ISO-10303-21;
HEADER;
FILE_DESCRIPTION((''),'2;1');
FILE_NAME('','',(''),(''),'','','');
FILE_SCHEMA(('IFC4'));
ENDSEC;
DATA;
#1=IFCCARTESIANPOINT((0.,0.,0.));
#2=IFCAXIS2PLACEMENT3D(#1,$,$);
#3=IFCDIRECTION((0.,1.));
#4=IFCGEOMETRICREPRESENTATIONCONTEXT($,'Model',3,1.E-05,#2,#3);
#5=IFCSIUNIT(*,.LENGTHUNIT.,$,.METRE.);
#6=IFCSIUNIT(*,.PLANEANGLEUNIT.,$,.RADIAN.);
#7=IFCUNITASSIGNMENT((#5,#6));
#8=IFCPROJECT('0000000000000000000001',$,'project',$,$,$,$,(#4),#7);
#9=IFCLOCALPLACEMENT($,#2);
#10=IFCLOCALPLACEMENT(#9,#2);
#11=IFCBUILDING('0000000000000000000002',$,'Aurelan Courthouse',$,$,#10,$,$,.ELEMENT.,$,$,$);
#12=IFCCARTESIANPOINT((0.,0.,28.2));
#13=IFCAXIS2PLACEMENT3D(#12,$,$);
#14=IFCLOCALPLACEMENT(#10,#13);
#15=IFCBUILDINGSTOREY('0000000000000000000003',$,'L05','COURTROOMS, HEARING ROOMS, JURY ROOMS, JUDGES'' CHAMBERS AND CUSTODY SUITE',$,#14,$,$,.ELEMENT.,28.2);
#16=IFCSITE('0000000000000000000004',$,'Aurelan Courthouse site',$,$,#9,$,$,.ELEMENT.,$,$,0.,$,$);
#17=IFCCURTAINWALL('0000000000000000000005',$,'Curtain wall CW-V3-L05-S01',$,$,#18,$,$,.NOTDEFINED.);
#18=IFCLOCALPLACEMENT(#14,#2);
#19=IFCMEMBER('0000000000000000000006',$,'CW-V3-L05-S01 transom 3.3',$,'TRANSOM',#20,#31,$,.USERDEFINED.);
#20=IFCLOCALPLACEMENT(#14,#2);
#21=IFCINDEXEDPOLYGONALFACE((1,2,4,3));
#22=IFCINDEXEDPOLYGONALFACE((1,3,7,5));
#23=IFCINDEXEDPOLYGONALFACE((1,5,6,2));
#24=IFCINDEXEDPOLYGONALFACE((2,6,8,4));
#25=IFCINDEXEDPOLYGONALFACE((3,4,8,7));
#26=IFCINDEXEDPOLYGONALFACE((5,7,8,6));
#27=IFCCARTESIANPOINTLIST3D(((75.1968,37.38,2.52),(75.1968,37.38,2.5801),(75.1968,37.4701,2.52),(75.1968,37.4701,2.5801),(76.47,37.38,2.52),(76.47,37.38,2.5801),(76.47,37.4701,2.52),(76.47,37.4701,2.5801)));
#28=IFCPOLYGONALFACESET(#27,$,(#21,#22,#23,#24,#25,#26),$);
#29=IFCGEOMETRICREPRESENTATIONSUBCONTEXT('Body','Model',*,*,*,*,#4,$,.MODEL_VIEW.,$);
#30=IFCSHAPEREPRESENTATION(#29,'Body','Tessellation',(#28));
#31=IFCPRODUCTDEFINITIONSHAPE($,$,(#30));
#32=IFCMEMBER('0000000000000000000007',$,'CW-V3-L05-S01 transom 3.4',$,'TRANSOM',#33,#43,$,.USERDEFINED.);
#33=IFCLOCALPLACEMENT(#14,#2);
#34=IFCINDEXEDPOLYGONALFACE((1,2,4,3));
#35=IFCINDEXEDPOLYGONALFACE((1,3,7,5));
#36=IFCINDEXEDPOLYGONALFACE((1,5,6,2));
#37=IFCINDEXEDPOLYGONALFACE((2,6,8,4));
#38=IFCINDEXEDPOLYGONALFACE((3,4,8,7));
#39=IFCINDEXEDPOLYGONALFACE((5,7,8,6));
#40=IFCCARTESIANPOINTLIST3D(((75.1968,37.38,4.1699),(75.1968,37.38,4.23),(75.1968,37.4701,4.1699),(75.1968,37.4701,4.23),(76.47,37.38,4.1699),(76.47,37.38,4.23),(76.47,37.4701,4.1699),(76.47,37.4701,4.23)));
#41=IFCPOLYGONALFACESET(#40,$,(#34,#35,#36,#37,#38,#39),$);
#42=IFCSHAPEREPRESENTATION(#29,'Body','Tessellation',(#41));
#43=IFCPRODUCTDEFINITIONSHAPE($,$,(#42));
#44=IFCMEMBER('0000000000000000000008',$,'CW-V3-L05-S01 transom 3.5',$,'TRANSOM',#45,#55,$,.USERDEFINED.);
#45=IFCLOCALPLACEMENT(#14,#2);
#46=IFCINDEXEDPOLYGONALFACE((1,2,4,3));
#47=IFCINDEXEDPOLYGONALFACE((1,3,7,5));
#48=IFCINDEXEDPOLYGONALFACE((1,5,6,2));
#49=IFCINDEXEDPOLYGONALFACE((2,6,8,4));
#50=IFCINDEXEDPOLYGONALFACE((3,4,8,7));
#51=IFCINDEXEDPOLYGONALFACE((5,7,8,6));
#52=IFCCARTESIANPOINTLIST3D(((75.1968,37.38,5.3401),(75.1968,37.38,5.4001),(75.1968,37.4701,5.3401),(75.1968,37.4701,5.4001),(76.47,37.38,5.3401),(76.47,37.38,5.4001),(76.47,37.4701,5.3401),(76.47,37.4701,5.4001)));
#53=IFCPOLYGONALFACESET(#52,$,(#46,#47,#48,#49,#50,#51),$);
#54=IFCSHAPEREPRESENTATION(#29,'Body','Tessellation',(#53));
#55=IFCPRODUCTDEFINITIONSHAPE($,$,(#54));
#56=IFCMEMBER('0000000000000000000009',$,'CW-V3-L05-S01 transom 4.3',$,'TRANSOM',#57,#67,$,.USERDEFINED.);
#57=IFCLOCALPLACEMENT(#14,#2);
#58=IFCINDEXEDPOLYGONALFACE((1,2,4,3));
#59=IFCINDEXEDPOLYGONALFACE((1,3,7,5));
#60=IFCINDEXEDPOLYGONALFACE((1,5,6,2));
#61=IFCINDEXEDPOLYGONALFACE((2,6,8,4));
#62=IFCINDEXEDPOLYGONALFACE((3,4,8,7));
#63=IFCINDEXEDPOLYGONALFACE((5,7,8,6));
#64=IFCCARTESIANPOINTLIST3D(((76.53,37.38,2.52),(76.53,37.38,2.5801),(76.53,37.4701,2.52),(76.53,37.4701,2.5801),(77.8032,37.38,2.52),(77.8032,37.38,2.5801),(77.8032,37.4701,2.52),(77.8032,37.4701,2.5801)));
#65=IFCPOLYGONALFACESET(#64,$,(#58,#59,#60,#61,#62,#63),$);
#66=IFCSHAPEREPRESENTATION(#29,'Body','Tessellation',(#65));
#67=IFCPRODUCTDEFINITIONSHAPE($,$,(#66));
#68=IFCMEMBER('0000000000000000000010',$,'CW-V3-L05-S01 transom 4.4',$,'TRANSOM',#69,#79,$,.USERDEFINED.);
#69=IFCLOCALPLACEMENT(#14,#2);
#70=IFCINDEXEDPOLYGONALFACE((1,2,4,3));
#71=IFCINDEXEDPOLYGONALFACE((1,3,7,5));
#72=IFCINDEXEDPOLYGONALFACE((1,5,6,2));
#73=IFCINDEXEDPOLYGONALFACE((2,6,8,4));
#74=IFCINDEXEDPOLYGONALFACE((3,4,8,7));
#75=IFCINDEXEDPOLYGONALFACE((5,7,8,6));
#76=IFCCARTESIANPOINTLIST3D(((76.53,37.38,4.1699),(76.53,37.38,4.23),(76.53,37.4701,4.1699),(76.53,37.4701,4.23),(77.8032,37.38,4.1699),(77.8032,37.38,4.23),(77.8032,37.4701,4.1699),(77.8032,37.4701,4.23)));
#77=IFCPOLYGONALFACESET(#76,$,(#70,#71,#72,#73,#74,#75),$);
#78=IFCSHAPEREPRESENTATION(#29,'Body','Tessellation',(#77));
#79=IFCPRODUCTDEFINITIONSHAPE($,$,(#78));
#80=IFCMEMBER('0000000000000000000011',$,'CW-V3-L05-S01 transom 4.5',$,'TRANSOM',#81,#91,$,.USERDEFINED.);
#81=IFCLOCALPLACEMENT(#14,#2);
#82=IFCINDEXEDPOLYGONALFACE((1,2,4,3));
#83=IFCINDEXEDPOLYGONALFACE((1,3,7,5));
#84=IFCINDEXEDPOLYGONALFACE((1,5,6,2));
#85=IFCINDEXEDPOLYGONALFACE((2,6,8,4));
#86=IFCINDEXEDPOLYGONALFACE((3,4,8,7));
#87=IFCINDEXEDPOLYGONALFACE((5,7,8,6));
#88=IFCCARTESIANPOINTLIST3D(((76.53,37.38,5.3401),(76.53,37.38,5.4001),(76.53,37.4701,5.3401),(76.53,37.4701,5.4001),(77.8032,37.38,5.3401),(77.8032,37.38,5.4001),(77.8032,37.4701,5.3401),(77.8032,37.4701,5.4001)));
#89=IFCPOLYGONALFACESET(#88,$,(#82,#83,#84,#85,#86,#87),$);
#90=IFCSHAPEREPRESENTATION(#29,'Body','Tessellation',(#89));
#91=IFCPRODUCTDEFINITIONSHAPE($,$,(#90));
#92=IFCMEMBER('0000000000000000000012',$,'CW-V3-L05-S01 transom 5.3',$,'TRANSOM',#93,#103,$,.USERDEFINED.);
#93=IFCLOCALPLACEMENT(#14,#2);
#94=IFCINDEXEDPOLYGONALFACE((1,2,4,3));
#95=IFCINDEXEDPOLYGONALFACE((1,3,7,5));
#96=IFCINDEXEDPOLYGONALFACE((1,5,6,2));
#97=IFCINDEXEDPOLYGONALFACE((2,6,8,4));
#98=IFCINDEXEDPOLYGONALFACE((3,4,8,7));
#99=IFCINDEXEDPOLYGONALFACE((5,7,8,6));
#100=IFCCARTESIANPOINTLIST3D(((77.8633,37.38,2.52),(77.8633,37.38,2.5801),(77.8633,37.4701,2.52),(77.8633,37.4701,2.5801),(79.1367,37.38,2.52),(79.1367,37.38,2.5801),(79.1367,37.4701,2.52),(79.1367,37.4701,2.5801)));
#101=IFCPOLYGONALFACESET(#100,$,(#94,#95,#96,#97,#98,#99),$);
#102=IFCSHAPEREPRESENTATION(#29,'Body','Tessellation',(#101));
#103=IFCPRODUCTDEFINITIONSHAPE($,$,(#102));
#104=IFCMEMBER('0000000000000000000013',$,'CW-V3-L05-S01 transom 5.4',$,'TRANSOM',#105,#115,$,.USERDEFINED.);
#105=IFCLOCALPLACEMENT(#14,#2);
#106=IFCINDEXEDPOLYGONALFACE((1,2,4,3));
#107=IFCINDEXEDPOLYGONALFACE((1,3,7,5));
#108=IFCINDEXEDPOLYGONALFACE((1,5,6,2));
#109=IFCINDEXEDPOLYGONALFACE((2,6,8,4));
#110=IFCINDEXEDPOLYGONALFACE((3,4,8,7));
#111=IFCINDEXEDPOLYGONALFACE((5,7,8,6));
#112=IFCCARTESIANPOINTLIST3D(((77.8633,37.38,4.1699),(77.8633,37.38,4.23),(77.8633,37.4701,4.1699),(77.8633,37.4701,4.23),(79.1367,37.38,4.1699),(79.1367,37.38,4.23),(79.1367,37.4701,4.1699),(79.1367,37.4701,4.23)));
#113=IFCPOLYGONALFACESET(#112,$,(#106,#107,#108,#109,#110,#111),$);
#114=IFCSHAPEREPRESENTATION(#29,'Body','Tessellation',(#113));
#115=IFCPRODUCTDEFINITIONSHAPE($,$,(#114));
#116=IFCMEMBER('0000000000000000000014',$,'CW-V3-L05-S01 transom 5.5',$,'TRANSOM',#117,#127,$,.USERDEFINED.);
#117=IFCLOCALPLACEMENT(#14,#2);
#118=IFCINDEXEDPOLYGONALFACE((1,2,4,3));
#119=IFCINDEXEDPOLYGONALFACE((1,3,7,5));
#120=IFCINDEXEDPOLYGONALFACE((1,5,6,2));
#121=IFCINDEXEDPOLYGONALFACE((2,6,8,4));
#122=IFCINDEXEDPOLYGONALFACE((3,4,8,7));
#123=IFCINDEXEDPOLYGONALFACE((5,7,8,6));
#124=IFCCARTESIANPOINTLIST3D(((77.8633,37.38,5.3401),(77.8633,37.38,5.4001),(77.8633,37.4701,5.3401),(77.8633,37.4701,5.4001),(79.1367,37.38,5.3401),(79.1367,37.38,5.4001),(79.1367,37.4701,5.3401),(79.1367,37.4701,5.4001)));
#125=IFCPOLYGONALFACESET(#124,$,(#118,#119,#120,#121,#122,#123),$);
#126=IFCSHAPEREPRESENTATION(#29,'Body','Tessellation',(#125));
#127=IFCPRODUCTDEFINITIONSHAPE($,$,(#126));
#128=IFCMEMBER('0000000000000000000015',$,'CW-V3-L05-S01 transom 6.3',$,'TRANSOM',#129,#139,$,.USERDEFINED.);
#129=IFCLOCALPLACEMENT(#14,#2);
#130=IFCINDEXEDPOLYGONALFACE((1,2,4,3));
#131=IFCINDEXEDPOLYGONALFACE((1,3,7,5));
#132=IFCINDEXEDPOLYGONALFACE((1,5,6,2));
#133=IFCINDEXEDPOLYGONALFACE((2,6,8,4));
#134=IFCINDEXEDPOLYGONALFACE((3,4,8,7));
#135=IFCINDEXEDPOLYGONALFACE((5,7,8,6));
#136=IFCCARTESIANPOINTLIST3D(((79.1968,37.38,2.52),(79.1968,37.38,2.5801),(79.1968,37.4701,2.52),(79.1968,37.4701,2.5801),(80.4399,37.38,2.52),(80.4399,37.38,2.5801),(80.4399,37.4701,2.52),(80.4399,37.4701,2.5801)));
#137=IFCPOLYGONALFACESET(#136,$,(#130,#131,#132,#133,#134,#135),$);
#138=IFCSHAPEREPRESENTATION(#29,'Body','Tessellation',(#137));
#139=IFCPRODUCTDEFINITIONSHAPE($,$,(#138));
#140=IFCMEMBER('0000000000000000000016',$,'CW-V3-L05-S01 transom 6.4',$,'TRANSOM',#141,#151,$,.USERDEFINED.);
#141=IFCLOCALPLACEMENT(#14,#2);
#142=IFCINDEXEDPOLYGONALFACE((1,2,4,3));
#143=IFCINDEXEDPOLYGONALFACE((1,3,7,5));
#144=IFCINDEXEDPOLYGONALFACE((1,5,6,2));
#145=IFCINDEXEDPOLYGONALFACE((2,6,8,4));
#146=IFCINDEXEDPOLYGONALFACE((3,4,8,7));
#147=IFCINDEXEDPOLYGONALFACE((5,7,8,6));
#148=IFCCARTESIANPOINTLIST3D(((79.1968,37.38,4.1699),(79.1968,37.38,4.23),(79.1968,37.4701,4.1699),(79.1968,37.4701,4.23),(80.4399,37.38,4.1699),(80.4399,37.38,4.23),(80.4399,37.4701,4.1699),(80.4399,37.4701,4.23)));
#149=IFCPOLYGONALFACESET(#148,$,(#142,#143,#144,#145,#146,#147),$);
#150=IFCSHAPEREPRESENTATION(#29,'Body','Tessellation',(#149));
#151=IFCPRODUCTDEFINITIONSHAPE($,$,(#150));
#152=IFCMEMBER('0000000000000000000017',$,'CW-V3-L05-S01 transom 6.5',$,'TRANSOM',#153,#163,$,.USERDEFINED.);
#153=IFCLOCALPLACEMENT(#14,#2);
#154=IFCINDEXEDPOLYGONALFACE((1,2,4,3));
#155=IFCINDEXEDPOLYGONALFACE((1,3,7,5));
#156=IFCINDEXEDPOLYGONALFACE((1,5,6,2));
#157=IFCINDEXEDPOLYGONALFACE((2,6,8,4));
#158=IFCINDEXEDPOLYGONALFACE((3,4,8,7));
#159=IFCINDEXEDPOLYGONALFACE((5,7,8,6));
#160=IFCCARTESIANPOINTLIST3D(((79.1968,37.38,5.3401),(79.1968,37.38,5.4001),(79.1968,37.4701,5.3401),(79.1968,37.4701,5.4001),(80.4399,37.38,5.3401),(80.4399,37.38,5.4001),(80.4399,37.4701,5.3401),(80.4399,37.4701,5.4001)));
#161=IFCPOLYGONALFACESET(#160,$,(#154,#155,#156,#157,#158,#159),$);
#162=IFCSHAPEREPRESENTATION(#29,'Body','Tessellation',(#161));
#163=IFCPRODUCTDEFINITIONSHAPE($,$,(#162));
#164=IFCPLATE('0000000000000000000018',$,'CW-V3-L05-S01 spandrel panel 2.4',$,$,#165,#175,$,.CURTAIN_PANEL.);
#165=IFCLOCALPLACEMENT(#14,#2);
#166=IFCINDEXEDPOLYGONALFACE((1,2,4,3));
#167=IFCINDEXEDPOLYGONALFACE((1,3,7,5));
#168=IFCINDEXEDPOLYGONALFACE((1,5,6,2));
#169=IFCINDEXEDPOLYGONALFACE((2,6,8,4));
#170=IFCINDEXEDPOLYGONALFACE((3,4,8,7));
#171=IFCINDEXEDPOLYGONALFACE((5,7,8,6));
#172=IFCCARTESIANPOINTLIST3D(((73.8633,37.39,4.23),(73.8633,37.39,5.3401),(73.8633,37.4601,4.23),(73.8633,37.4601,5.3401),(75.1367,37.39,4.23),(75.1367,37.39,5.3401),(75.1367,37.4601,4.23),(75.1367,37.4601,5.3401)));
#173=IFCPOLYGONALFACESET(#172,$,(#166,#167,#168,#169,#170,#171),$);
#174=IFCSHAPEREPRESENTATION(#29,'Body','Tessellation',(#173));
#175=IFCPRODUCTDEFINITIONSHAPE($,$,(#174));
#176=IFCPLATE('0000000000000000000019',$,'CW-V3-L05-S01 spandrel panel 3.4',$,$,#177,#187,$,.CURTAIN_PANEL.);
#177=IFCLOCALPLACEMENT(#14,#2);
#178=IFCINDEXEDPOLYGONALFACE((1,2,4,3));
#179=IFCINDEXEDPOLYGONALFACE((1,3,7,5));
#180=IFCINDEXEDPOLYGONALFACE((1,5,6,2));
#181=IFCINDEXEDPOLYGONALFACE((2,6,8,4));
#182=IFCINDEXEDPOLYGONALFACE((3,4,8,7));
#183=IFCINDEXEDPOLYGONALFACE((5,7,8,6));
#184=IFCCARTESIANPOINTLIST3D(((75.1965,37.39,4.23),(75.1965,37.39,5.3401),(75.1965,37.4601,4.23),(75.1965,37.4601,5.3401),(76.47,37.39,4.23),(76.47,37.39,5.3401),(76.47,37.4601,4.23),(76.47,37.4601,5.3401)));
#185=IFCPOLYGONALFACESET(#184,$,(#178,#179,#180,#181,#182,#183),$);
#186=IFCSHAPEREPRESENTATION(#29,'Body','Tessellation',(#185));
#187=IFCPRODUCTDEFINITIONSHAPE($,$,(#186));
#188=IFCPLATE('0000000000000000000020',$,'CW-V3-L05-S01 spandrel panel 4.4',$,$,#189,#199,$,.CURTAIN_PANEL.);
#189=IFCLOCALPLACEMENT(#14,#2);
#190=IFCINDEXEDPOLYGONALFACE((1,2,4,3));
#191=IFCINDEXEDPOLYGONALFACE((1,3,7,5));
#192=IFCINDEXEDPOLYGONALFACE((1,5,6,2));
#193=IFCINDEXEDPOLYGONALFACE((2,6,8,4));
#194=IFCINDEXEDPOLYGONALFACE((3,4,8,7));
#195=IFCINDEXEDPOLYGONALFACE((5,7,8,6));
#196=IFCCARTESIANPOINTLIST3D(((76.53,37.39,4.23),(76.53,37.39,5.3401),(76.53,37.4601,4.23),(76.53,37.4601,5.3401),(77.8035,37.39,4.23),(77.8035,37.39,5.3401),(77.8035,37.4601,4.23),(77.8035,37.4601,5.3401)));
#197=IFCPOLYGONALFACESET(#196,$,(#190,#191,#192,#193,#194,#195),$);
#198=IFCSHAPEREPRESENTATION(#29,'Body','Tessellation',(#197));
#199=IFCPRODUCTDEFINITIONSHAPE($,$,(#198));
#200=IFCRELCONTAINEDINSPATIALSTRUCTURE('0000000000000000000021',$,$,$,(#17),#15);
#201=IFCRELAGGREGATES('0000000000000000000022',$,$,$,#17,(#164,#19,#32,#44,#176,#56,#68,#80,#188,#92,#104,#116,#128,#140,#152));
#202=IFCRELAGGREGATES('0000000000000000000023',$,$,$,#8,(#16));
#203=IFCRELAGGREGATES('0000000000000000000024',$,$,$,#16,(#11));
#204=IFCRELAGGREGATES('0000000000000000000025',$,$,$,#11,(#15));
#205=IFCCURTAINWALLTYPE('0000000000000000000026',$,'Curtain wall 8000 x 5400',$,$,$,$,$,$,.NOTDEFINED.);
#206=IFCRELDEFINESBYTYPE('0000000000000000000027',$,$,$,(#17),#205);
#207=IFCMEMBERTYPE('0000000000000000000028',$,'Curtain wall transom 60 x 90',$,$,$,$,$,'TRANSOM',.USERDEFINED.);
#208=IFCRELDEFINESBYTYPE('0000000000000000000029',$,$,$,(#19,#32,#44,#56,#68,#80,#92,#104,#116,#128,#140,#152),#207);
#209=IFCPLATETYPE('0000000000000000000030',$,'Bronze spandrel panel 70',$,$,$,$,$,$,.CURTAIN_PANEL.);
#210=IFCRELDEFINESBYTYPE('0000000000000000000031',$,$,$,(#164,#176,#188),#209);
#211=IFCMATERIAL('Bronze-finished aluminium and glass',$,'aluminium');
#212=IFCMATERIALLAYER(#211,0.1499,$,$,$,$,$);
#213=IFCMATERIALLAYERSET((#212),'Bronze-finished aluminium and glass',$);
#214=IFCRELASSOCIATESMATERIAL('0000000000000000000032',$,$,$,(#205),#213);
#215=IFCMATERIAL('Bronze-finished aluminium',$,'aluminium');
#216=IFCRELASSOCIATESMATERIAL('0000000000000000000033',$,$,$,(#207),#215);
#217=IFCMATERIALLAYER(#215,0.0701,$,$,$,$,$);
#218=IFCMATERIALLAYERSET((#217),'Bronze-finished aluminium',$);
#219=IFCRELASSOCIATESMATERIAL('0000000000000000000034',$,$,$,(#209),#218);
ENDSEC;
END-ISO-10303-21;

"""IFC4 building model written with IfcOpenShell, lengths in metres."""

from ifc_helpers import new_model, si_unit, direction, frame, origin, origin_2d, place, context, subcontext, project, spatial, rectangle, extrude, material, layer, layer_set, material_profile, profile_set, type_object, element, aggregate, save


model = new_model("IFC4")

# Units and contexts
model_context = context("Model", 3, precision=1e-05, world=origin(), true_north=direction((0.0, 1.0)))
body_context = subcontext(model_context, "Body", "Model", "MODEL_VIEW")
ifc_project = project(units=[si_unit("LENGTHUNIT", "METRE"), si_unit("PLANEANGLEUNIT", "RADIAN")], contexts=[model_context])

# Site, building, storey
site_placement = place(None, origin())
site = spatial("IfcSite", under=ifc_project, at=site_placement, Name="Aurelan Courthouse site", CompositionType="ELEMENT", RefElevation=0.0)
building_placement = place(site_placement, origin())
building = spatial("IfcBuilding", under=site, at=building_placement, Name="Aurelan Courthouse", CompositionType="ELEMENT")
storey_placement = place(building_placement, frame((0.0, 0.0, 28.2)))
storey = spatial("IfcBuildingStorey", under=building, at=storey_placement, Name="L05", Description="COURTROOMS, HEARING ROOMS, JURY ROOMS, JUDGES' CHAMBERS AND CUSTODY SUITE", CompositionType="ELEMENT", Elevation=28.2)

# Curtain wall, members, plates
ifc_material_1 = material(Name="Bronze-finished aluminium and glass", Category="aluminium")
ifc_layer_1 = layer(ifc_material_1, 0.1499)
ifc_layer_set_1 = layer_set([ifc_layer_1], Name="Bronze-finished aluminium and glass")
curtain_wall_type = type_object("IfcCurtainWallType", Name="Curtain wall 8000 x 5400", PredefinedType="NOTDEFINED", material=ifc_layer_set_1)
curtain_wall_placement = place(storey_placement, origin())
curtain_wall = element("IfcCurtainWall", 1, at=curtain_wall_placement, inside=storey, type_object=curtain_wall_type, Name="Curtain wall CW-V3-L05-S01", PredefinedType="NOTDEFINED")
ifc_material_2 = material(Name="Bronze-finished aluminium", Category="aluminium")
ifc_material_profile = material_profile(ifc_material_2, rectangle(XDim=0.0901, YDim=0.0601, at=origin_2d()), Name="Bronze transom 60 x 90")
ifc_profile_set = profile_set([ifc_material_profile], Name="Bronze-finished aluminium")
member_type = type_object("IfcMemberType", Name="Curtain wall transom 60 x 90", ElementType="TRANSOM", PredefinedType="USERDEFINED", material=ifc_profile_set)
member_1_placement = place(storey_placement, frame((75.1968, 37.425, 2.55), z_axis=(1.0, 0.0, 0.0), x_axis=(0.0, 1.0, 0.0)))
member_1 = element("IfcMember", 2, at=member_1_placement, type_object=member_type, Name="CW-V3-L05-S01 transom 3.3", ObjectType="TRANSOM", PredefinedType="USERDEFINED", context=body_context, shape_type="SweptSolid", body=[
    extrude(rectangle(XDim=0.0901, YDim=0.0601, at=origin_2d()), origin(), (0.0, 0.0, 1.0), 1.2732),
])
member_2_placement = place(storey_placement, frame((75.1968, 37.425, 4.2), z_axis=(1.0, 0.0, 0.0), x_axis=(0.0, 1.0, 0.0)))
member_2 = element("IfcMember", 3, at=member_2_placement, type_object=member_type, Name="CW-V3-L05-S01 transom 3.4", ObjectType="TRANSOM", PredefinedType="USERDEFINED", context=body_context, shape_type="SweptSolid", body=[
    extrude(rectangle(XDim=0.0901, YDim=0.0601, at=origin_2d()), origin(), (0.0, 0.0, 1.0), 1.2732),
])
member_3_placement = place(storey_placement, frame((75.1968, 37.425, 5.3701), z_axis=(1.0, 0.0, 0.0), x_axis=(0.0, 1.0, 0.0)))
member_3 = element("IfcMember", 4, at=member_3_placement, type_object=member_type, Name="CW-V3-L05-S01 transom 3.5", ObjectType="TRANSOM", PredefinedType="USERDEFINED", context=body_context, shape_type="SweptSolid", body=[
    extrude(rectangle(XDim=0.0901, YDim=0.0601, at=origin_2d()), origin(), (0.0, 0.0, 1.0), 1.2732),
])
member_4_placement = place(storey_placement, frame((76.53, 37.425, 2.55), z_axis=(1.0, 0.0, 0.0), x_axis=(0.0, 1.0, 0.0)))
member_4 = element("IfcMember", 5, at=member_4_placement, type_object=member_type, Name="CW-V3-L05-S01 transom 4.3", ObjectType="TRANSOM", PredefinedType="USERDEFINED", context=body_context, shape_type="SweptSolid", body=[
    extrude(rectangle(XDim=0.0901, YDim=0.0601, at=origin_2d()), origin(), (0.0, 0.0, 1.0), 1.2732),
])
member_5_placement = place(storey_placement, frame((76.53, 37.425, 4.2), z_axis=(1.0, 0.0, 0.0), x_axis=(0.0, 1.0, 0.0)))
member_5 = element("IfcMember", 6, at=member_5_placement, type_object=member_type, Name="CW-V3-L05-S01 transom 4.4", ObjectType="TRANSOM", PredefinedType="USERDEFINED", context=body_context, shape_type="SweptSolid", body=[
    extrude(rectangle(XDim=0.0901, YDim=0.0601, at=origin_2d()), origin(), (0.0, 0.0, 1.0), 1.2732),
])
member_6_placement = place(storey_placement, frame((76.53, 37.425, 5.3701), z_axis=(1.0, 0.0, 0.0), x_axis=(0.0, 1.0, 0.0)))
member_6 = element("IfcMember", 7, at=member_6_placement, type_object=member_type, Name="CW-V3-L05-S01 transom 4.5", ObjectType="TRANSOM", PredefinedType="USERDEFINED", context=body_context, shape_type="SweptSolid", body=[
    extrude(rectangle(XDim=0.0901, YDim=0.0601, at=origin_2d()), origin(), (0.0, 0.0, 1.0), 1.2732),
])
member_7_placement = place(storey_placement, frame((77.8633, 37.425, 2.55), z_axis=(1.0, 0.0, 0.0), x_axis=(0.0, 1.0, 0.0)))
member_7 = element("IfcMember", 8, at=member_7_placement, type_object=member_type, Name="CW-V3-L05-S01 transom 5.3", ObjectType="TRANSOM", PredefinedType="USERDEFINED", context=body_context, shape_type="SweptSolid", body=[
    extrude(rectangle(XDim=0.0901, YDim=0.0601, at=origin_2d()), origin(), (0.0, 0.0, 1.0), 1.2734),
])
member_8_placement = place(storey_placement, frame((77.8633, 37.425, 4.2), z_axis=(1.0, 0.0, 0.0), x_axis=(0.0, 1.0, 0.0)))
member_8 = element("IfcMember", 9, at=member_8_placement, type_object=member_type, Name="CW-V3-L05-S01 transom 5.4", ObjectType="TRANSOM", PredefinedType="USERDEFINED", context=body_context, shape_type="SweptSolid", body=[
    extrude(rectangle(XDim=0.0901, YDim=0.0601, at=origin_2d()), origin(), (0.0, 0.0, 1.0), 1.2734),
])
member_9_placement = place(storey_placement, frame((77.8633, 37.425, 5.3701), z_axis=(1.0, 0.0, 0.0), x_axis=(0.0, 1.0, 0.0)))
member_9 = element("IfcMember", 10, at=member_9_placement, type_object=member_type, Name="CW-V3-L05-S01 transom 5.5", ObjectType="TRANSOM", PredefinedType="USERDEFINED", context=body_context, shape_type="SweptSolid", body=[
    extrude(rectangle(XDim=0.0901, YDim=0.0601, at=origin_2d()), origin(), (0.0, 0.0, 1.0), 1.2734),
])
member_10_placement = place(storey_placement, frame((79.1968, 37.425, 2.55), z_axis=(1.0, 0.0, 0.0), x_axis=(0.0, 1.0, 0.0)))
member_10 = element("IfcMember", 11, at=member_10_placement, type_object=member_type, Name="CW-V3-L05-S01 transom 6.3", ObjectType="TRANSOM", PredefinedType="USERDEFINED", context=body_context, shape_type="SweptSolid", body=[
    extrude(rectangle(XDim=0.0901, YDim=0.0601, at=origin_2d()), origin(), (0.0, 0.0, 1.0), 1.2432),
])
member_11_placement = place(storey_placement, frame((79.1968, 37.425, 4.2), z_axis=(1.0, 0.0, 0.0), x_axis=(0.0, 1.0, 0.0)))
member_11 = element("IfcMember", 12, at=member_11_placement, type_object=member_type, Name="CW-V3-L05-S01 transom 6.4", ObjectType="TRANSOM", PredefinedType="USERDEFINED", context=body_context, shape_type="SweptSolid", body=[
    extrude(rectangle(XDim=0.0901, YDim=0.0601, at=origin_2d()), origin(), (0.0, 0.0, 1.0), 1.2432),
])
member_12_placement = place(storey_placement, frame((79.1968, 37.425, 5.3701), z_axis=(1.0, 0.0, 0.0), x_axis=(0.0, 1.0, 0.0)))
member_12 = element("IfcMember", 13, at=member_12_placement, type_object=member_type, Name="CW-V3-L05-S01 transom 6.5", ObjectType="TRANSOM", PredefinedType="USERDEFINED", context=body_context, shape_type="SweptSolid", body=[
    extrude(rectangle(XDim=0.0901, YDim=0.0601, at=origin_2d()), origin(), (0.0, 0.0, 1.0), 1.2432),
])
ifc_layer_2 = layer(ifc_material_2, 0.0701)
ifc_layer_set_2 = layer_set([ifc_layer_2], Name="Bronze-finished aluminium")
plate_type_1 = type_object("IfcPlateType", Name="Bronze spandrel panel 70", PredefinedType="CURTAIN_PANEL", material=ifc_layer_set_2)
plate_1_placement = place(storey_placement, frame((74.5, 37.425, 4.23), z_axis=(0.0, 0.0, 1.0), x_axis=(1.0, 0.0, 0.0)))
plate_1 = element("IfcPlate", 14, at=plate_1_placement, type_object=plate_type_1, Name="CW-V3-L05-S01 spandrel panel 2.4", PredefinedType="CURTAIN_PANEL", context=body_context, shape_type="SweptSolid", body=[
    extrude(rectangle(XDim=1.2734, YDim=0.0701, at=origin_2d()), origin(), (0.0, 0.0, 1.0), 1.1101),
])
plate_2_placement = place(storey_placement, frame((75.8333, 37.425, 4.23), z_axis=(0.0, 0.0, 1.0), x_axis=(1.0, 0.0, 0.0)))
plate_2 = element("IfcPlate", 15, at=plate_2_placement, type_object=plate_type_1, Name="CW-V3-L05-S01 spandrel panel 3.4", PredefinedType="CURTAIN_PANEL", context=body_context, shape_type="SweptSolid", body=[
    extrude(rectangle(XDim=1.2734, YDim=0.0701, at=origin_2d()), origin(), (0.0, 0.0, 1.0), 1.1101),
])
plate_3_placement = place(storey_placement, frame((77.1667, 37.425, 4.23), z_axis=(0.0, 0.0, 1.0), x_axis=(1.0, 0.0, 0.0)))
plate_3 = element("IfcPlate", 16, at=plate_3_placement, type_object=plate_type_1, Name="CW-V3-L05-S01 spandrel panel 4.4", PredefinedType="CURTAIN_PANEL", context=body_context, shape_type="SweptSolid", body=[
    extrude(rectangle(XDim=1.2734, YDim=0.0701, at=origin_2d()), origin(), (0.0, 0.0, 1.0), 1.1101),
])
aggregate(curtain_wall, [plate_1, member_1, member_2, member_3, plate_2, member_4, member_5, member_6, plate_3, member_7, member_8, member_9, member_10, member_11, member_12])

save(model, "model.ifc")
